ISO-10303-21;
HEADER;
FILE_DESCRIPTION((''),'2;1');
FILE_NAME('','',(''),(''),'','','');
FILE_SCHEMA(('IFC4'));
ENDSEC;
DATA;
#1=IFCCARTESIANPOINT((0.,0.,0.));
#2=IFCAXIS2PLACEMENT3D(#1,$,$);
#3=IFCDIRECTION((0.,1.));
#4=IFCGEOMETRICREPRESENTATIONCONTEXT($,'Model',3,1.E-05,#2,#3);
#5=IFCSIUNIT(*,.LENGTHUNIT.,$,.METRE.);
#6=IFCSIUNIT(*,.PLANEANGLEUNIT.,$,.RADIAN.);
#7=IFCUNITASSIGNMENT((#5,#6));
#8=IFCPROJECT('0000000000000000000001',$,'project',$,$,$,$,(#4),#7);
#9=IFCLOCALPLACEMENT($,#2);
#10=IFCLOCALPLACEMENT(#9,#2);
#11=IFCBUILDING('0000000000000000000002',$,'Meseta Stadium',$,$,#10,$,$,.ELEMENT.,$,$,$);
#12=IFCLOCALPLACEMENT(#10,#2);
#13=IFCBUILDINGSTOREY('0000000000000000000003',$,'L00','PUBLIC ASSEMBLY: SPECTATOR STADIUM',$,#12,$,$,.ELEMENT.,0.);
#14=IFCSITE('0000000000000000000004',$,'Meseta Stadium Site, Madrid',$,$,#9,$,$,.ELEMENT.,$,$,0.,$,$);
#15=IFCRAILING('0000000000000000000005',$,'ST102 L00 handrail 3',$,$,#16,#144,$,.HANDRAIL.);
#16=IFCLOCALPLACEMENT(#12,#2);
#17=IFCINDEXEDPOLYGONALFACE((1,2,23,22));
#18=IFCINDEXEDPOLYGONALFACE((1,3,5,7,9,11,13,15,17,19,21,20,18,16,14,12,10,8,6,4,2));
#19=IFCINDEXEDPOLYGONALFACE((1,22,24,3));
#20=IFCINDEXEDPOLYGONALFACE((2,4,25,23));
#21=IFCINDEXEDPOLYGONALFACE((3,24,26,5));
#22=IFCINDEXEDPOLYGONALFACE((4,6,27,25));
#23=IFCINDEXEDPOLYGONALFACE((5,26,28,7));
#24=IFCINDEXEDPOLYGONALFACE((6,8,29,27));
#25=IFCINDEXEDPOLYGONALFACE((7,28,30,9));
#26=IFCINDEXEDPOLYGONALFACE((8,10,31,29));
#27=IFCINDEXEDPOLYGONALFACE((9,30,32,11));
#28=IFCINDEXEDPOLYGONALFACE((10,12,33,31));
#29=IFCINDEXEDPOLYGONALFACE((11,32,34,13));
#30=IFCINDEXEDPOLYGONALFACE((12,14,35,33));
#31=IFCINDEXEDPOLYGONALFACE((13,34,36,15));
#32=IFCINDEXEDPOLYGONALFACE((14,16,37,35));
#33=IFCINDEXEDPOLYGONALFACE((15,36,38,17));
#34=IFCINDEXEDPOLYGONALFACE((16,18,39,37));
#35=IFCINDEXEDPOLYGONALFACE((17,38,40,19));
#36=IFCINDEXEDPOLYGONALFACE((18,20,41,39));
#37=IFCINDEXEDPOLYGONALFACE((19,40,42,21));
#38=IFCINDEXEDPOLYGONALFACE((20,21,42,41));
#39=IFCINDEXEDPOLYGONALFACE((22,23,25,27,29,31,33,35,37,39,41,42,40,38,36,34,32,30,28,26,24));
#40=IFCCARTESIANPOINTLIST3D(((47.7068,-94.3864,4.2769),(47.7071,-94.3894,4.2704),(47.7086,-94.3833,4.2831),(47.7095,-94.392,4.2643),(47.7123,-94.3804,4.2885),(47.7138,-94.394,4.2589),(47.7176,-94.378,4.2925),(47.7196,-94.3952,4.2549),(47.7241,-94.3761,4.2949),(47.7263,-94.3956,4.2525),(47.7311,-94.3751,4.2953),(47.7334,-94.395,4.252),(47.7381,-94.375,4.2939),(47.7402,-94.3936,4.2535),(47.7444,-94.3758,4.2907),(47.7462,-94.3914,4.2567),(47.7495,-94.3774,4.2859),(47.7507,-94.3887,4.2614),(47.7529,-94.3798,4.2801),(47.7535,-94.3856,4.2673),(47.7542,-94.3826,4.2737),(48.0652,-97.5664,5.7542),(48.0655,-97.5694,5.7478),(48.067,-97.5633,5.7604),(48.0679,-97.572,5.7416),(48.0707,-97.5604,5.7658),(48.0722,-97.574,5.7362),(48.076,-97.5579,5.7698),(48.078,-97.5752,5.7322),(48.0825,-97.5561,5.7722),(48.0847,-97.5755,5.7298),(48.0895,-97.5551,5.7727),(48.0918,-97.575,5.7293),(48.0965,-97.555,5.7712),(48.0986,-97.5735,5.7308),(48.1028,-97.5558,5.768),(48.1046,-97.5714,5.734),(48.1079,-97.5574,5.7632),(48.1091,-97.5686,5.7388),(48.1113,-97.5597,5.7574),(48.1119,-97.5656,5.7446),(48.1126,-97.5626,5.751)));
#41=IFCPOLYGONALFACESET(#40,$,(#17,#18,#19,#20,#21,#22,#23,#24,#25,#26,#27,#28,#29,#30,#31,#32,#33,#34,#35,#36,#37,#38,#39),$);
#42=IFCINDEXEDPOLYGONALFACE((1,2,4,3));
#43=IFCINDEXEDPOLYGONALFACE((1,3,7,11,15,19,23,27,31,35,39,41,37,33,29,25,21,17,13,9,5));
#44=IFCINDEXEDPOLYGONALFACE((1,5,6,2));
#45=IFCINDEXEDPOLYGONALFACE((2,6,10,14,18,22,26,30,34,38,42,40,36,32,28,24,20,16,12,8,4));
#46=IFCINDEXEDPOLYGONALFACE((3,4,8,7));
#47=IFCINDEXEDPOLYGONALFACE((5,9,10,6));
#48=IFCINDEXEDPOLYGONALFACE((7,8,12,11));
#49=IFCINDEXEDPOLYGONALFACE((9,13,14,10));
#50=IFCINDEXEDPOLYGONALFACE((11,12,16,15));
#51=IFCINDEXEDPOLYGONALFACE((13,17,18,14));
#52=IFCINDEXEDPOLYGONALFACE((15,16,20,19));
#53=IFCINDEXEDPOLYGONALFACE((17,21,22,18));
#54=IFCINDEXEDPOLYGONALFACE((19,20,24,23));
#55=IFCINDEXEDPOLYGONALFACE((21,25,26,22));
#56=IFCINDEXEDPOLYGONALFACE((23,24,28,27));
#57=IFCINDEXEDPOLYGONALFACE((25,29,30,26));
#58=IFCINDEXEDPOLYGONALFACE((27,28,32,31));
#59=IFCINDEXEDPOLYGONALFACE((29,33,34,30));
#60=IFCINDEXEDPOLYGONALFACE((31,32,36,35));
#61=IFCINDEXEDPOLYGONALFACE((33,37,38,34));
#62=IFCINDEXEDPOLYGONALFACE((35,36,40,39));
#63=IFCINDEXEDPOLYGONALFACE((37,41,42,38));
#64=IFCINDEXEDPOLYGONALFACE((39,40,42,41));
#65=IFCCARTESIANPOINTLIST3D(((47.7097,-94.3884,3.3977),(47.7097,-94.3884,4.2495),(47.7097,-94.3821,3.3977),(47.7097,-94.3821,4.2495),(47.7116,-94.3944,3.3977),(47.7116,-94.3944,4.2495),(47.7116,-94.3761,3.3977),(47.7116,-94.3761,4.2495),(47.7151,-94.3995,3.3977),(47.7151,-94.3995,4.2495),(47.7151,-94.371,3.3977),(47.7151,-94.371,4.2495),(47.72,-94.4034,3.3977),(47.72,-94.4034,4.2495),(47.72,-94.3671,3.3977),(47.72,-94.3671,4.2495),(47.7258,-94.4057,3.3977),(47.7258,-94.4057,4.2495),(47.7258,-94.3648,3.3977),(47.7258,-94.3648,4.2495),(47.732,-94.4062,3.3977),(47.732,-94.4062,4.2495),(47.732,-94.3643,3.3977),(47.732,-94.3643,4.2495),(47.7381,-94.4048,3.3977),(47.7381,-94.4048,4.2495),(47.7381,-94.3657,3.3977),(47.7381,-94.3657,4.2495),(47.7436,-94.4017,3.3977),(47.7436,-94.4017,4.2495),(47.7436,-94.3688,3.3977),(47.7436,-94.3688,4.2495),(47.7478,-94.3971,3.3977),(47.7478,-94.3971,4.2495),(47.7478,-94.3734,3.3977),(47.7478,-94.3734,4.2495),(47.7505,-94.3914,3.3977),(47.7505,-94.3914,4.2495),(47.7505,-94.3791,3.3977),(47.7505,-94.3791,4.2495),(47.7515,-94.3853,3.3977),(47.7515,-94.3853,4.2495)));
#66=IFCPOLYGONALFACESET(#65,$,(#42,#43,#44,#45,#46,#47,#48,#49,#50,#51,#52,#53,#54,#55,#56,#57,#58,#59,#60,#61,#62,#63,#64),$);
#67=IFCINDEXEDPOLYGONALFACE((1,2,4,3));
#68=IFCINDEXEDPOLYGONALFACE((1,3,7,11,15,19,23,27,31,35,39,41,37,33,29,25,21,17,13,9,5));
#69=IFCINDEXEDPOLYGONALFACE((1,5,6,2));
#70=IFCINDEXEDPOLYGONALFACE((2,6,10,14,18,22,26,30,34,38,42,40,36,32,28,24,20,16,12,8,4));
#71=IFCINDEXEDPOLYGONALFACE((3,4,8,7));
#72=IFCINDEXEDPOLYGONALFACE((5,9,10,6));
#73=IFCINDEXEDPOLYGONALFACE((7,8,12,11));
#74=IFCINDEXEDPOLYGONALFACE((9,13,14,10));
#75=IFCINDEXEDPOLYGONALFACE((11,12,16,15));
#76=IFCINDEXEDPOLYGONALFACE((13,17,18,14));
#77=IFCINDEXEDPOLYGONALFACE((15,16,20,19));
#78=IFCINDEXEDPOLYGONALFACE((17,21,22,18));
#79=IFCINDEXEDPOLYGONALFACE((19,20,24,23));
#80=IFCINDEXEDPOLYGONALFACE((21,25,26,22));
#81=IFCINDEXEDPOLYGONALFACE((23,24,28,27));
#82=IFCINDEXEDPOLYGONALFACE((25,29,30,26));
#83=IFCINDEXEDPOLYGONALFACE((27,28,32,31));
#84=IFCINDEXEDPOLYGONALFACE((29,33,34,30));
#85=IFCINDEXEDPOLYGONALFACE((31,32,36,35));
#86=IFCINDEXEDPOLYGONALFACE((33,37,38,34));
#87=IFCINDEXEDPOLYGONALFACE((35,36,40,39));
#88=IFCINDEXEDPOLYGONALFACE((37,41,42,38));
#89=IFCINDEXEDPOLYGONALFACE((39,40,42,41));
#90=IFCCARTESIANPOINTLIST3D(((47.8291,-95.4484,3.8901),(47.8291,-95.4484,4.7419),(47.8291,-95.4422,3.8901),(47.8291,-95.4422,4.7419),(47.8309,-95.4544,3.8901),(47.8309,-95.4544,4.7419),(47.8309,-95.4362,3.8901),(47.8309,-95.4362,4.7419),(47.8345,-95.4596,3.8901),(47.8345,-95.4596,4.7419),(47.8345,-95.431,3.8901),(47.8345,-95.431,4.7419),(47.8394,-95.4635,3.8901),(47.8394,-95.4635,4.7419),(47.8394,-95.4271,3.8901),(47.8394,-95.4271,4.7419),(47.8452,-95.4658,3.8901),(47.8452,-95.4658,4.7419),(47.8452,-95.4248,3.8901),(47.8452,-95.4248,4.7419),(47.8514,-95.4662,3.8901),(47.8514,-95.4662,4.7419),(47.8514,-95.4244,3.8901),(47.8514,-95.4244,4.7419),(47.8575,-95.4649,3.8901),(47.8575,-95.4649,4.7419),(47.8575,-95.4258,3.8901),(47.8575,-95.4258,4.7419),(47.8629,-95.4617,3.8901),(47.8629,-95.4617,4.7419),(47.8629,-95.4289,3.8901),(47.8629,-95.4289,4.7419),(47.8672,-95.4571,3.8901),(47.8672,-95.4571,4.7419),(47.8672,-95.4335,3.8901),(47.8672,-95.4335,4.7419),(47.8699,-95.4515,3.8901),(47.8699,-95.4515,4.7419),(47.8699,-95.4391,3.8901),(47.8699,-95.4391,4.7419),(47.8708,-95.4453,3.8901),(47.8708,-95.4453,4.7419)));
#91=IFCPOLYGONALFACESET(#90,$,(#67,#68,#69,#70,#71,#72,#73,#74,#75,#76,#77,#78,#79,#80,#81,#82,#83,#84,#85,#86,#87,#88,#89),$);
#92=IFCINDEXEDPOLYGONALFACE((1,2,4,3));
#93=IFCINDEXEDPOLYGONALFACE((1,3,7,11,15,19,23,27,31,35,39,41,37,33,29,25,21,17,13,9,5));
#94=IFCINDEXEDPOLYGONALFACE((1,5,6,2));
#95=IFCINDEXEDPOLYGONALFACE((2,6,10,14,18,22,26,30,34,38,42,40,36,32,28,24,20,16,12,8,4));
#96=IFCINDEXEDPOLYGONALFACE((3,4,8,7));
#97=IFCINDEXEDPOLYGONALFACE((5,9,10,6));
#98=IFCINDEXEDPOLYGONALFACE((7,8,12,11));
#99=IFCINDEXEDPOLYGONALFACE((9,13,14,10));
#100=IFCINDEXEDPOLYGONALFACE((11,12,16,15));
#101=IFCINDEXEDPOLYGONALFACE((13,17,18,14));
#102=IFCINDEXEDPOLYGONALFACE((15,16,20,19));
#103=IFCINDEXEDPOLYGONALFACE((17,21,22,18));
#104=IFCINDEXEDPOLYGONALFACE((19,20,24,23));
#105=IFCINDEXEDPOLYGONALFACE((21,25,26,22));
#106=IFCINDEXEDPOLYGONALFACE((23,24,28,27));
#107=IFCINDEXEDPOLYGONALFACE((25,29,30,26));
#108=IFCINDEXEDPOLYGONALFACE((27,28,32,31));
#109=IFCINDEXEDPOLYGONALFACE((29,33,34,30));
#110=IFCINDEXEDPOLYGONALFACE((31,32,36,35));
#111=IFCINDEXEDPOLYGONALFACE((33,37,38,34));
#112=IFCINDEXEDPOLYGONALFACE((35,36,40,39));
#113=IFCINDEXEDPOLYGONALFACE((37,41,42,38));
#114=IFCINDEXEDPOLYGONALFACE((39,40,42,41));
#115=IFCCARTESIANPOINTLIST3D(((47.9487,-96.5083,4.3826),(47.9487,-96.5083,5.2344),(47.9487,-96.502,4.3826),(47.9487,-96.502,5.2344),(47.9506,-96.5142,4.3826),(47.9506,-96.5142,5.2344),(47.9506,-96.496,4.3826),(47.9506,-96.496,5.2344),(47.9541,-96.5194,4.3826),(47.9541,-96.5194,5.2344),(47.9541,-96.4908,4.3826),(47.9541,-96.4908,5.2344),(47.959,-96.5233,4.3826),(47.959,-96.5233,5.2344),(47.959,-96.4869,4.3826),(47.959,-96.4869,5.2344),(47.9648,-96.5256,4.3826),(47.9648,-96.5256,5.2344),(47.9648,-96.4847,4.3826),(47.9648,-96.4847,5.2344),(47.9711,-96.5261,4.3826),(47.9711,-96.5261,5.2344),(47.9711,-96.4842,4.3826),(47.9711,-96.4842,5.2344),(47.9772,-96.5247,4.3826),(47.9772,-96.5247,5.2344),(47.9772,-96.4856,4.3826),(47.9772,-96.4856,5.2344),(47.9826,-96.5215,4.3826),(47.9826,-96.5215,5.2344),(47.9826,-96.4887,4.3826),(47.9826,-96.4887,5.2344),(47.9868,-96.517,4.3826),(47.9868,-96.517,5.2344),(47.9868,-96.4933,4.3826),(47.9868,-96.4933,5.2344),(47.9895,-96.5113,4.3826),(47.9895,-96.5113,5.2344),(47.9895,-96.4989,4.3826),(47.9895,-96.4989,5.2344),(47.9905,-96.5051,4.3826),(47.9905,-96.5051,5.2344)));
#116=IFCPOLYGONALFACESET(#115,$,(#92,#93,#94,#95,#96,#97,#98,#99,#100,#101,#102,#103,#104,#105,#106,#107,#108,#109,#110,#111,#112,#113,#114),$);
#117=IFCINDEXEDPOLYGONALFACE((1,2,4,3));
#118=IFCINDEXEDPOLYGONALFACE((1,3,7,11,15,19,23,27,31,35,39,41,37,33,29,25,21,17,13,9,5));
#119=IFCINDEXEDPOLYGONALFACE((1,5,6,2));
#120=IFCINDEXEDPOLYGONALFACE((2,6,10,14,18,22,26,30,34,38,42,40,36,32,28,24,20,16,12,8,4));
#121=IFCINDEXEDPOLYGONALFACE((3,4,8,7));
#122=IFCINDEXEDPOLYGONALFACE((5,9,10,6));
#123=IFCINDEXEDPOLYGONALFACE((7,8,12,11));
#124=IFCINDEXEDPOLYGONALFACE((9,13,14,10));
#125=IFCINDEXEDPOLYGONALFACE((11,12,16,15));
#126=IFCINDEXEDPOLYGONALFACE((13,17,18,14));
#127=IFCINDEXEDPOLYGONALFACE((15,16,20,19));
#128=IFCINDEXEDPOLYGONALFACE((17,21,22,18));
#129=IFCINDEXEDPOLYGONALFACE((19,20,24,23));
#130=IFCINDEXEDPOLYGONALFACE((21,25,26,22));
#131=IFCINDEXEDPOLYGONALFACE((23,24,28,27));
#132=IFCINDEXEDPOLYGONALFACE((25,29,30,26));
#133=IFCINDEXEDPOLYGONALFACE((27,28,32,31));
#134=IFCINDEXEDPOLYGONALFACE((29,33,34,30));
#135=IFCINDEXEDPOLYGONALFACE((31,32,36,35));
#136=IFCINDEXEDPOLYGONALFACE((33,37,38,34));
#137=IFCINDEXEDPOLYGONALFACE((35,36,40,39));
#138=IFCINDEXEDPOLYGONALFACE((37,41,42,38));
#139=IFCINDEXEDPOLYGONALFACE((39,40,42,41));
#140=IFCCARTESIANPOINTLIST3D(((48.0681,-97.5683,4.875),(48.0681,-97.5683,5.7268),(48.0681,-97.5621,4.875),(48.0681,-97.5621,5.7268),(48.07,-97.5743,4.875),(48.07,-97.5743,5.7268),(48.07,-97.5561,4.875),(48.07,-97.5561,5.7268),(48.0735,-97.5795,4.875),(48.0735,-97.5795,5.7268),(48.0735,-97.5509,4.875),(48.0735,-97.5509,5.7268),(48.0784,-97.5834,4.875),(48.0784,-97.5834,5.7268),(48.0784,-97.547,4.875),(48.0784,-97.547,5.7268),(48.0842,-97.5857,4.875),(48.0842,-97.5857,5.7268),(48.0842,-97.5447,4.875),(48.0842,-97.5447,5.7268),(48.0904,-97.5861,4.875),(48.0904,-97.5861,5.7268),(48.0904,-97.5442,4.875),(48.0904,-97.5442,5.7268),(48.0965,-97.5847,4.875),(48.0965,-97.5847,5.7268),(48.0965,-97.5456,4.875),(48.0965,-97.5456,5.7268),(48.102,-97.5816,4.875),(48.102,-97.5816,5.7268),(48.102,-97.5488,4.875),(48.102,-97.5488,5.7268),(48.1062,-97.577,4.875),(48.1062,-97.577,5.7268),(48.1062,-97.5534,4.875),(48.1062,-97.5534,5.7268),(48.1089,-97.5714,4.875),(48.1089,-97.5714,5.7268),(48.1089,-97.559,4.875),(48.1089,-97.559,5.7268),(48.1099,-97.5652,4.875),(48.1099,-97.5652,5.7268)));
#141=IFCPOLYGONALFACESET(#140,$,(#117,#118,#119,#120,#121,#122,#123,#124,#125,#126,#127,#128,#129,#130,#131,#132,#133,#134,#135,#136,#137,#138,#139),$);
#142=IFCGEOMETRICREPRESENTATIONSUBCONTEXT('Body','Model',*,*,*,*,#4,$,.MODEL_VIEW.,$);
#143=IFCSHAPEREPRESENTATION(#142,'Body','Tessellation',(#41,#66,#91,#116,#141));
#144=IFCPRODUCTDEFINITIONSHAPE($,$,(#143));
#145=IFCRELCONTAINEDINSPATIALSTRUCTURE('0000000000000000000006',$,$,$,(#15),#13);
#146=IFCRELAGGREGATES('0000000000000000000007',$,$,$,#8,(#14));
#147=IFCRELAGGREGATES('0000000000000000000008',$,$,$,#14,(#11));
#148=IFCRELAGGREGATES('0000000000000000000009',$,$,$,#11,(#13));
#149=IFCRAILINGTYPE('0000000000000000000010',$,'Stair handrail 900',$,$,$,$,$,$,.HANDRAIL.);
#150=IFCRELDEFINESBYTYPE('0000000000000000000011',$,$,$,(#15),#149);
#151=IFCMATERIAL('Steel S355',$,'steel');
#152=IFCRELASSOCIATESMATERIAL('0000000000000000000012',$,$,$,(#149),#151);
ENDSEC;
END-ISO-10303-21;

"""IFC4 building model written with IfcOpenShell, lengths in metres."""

from ifc_helpers import new_model, si_unit, direction, frame, origin, origin_2d, place, context, subcontext, project, spatial, circle, extrude, material, type_object, element, save


model = new_model("IFC4")

# Units and contexts
model_context = context("Model", 3, precision=1e-05, world=origin(), true_north=direction((0.0, 1.0)))
body_context = subcontext(model_context, "Body", "Model", "MODEL_VIEW")
ifc_project = project(units=[si_unit("LENGTHUNIT", "METRE"), si_unit("PLANEANGLEUNIT", "RADIAN")], contexts=[model_context])

# Site, building, storey
site_placement = place(None, origin())
site = spatial("IfcSite", under=ifc_project, at=site_placement, Name="Meseta Stadium Site, Madrid", CompositionType="ELEMENT", RefElevation=0.0)
building_placement = place(site_placement, origin())
building = spatial("IfcBuilding", under=site, at=building_placement, Name="Meseta Stadium", CompositionType="ELEMENT")
storey_placement = place(building_placement, origin())
storey = spatial("IfcBuildingStorey", under=building, at=storey_placement, Name="L00", Description="PUBLIC ASSEMBLY: SPECTATOR STADIUM", CompositionType="ELEMENT", Elevation=0.0)

# Railing
ifc_material_1 = material(Name="Steel S355", Category="steel")
railing_type_1 = type_object("IfcRailingType", Name="Stair handrail 900", PredefinedType="HANDRAIL", material=ifc_material_1)
railing_1_placement = place(storey_placement, frame((47.7305, -94.3853, 3.3977)))
element("IfcRailing", 1, at=railing_1_placement, inside=storey, type_object=railing_type_1, Name="ST102 L00 handrail 3", PredefinedType="HANDRAIL", context=body_context, shape_type="SweptSolid", body=[
    extrude(circle(Radius=0.0239, at=origin_2d()), frame((0.0, 0.0, 0.876), z_axis=(0.101685, -0.90221, 0.419138), x_axis=(0.993709, 0.111997, 0.0)), (0.0, 0.0, 1.0), 3.5247),
    extrude(circle(Radius=0.021, at=origin_2d()), origin(), (0.0, 0.0, 1.0), 0.8518),
    extrude(circle(Radius=0.021, at=origin_2d()), frame((0.1194, -1.0601, 0.4924)), (0.0, 0.0, 1.0), 0.8518),
    extrude(circle(Radius=0.021, at=origin_2d()), frame((0.239, -2.1199, 0.9849)), (0.0, 0.0, 1.0), 0.8518),
    extrude(circle(Radius=0.021, at=origin_2d()), frame((0.3584, -3.1799, 1.4773)), (0.0, 0.0, 1.0), 0.8518),
])

save(model, "model.ifc")
